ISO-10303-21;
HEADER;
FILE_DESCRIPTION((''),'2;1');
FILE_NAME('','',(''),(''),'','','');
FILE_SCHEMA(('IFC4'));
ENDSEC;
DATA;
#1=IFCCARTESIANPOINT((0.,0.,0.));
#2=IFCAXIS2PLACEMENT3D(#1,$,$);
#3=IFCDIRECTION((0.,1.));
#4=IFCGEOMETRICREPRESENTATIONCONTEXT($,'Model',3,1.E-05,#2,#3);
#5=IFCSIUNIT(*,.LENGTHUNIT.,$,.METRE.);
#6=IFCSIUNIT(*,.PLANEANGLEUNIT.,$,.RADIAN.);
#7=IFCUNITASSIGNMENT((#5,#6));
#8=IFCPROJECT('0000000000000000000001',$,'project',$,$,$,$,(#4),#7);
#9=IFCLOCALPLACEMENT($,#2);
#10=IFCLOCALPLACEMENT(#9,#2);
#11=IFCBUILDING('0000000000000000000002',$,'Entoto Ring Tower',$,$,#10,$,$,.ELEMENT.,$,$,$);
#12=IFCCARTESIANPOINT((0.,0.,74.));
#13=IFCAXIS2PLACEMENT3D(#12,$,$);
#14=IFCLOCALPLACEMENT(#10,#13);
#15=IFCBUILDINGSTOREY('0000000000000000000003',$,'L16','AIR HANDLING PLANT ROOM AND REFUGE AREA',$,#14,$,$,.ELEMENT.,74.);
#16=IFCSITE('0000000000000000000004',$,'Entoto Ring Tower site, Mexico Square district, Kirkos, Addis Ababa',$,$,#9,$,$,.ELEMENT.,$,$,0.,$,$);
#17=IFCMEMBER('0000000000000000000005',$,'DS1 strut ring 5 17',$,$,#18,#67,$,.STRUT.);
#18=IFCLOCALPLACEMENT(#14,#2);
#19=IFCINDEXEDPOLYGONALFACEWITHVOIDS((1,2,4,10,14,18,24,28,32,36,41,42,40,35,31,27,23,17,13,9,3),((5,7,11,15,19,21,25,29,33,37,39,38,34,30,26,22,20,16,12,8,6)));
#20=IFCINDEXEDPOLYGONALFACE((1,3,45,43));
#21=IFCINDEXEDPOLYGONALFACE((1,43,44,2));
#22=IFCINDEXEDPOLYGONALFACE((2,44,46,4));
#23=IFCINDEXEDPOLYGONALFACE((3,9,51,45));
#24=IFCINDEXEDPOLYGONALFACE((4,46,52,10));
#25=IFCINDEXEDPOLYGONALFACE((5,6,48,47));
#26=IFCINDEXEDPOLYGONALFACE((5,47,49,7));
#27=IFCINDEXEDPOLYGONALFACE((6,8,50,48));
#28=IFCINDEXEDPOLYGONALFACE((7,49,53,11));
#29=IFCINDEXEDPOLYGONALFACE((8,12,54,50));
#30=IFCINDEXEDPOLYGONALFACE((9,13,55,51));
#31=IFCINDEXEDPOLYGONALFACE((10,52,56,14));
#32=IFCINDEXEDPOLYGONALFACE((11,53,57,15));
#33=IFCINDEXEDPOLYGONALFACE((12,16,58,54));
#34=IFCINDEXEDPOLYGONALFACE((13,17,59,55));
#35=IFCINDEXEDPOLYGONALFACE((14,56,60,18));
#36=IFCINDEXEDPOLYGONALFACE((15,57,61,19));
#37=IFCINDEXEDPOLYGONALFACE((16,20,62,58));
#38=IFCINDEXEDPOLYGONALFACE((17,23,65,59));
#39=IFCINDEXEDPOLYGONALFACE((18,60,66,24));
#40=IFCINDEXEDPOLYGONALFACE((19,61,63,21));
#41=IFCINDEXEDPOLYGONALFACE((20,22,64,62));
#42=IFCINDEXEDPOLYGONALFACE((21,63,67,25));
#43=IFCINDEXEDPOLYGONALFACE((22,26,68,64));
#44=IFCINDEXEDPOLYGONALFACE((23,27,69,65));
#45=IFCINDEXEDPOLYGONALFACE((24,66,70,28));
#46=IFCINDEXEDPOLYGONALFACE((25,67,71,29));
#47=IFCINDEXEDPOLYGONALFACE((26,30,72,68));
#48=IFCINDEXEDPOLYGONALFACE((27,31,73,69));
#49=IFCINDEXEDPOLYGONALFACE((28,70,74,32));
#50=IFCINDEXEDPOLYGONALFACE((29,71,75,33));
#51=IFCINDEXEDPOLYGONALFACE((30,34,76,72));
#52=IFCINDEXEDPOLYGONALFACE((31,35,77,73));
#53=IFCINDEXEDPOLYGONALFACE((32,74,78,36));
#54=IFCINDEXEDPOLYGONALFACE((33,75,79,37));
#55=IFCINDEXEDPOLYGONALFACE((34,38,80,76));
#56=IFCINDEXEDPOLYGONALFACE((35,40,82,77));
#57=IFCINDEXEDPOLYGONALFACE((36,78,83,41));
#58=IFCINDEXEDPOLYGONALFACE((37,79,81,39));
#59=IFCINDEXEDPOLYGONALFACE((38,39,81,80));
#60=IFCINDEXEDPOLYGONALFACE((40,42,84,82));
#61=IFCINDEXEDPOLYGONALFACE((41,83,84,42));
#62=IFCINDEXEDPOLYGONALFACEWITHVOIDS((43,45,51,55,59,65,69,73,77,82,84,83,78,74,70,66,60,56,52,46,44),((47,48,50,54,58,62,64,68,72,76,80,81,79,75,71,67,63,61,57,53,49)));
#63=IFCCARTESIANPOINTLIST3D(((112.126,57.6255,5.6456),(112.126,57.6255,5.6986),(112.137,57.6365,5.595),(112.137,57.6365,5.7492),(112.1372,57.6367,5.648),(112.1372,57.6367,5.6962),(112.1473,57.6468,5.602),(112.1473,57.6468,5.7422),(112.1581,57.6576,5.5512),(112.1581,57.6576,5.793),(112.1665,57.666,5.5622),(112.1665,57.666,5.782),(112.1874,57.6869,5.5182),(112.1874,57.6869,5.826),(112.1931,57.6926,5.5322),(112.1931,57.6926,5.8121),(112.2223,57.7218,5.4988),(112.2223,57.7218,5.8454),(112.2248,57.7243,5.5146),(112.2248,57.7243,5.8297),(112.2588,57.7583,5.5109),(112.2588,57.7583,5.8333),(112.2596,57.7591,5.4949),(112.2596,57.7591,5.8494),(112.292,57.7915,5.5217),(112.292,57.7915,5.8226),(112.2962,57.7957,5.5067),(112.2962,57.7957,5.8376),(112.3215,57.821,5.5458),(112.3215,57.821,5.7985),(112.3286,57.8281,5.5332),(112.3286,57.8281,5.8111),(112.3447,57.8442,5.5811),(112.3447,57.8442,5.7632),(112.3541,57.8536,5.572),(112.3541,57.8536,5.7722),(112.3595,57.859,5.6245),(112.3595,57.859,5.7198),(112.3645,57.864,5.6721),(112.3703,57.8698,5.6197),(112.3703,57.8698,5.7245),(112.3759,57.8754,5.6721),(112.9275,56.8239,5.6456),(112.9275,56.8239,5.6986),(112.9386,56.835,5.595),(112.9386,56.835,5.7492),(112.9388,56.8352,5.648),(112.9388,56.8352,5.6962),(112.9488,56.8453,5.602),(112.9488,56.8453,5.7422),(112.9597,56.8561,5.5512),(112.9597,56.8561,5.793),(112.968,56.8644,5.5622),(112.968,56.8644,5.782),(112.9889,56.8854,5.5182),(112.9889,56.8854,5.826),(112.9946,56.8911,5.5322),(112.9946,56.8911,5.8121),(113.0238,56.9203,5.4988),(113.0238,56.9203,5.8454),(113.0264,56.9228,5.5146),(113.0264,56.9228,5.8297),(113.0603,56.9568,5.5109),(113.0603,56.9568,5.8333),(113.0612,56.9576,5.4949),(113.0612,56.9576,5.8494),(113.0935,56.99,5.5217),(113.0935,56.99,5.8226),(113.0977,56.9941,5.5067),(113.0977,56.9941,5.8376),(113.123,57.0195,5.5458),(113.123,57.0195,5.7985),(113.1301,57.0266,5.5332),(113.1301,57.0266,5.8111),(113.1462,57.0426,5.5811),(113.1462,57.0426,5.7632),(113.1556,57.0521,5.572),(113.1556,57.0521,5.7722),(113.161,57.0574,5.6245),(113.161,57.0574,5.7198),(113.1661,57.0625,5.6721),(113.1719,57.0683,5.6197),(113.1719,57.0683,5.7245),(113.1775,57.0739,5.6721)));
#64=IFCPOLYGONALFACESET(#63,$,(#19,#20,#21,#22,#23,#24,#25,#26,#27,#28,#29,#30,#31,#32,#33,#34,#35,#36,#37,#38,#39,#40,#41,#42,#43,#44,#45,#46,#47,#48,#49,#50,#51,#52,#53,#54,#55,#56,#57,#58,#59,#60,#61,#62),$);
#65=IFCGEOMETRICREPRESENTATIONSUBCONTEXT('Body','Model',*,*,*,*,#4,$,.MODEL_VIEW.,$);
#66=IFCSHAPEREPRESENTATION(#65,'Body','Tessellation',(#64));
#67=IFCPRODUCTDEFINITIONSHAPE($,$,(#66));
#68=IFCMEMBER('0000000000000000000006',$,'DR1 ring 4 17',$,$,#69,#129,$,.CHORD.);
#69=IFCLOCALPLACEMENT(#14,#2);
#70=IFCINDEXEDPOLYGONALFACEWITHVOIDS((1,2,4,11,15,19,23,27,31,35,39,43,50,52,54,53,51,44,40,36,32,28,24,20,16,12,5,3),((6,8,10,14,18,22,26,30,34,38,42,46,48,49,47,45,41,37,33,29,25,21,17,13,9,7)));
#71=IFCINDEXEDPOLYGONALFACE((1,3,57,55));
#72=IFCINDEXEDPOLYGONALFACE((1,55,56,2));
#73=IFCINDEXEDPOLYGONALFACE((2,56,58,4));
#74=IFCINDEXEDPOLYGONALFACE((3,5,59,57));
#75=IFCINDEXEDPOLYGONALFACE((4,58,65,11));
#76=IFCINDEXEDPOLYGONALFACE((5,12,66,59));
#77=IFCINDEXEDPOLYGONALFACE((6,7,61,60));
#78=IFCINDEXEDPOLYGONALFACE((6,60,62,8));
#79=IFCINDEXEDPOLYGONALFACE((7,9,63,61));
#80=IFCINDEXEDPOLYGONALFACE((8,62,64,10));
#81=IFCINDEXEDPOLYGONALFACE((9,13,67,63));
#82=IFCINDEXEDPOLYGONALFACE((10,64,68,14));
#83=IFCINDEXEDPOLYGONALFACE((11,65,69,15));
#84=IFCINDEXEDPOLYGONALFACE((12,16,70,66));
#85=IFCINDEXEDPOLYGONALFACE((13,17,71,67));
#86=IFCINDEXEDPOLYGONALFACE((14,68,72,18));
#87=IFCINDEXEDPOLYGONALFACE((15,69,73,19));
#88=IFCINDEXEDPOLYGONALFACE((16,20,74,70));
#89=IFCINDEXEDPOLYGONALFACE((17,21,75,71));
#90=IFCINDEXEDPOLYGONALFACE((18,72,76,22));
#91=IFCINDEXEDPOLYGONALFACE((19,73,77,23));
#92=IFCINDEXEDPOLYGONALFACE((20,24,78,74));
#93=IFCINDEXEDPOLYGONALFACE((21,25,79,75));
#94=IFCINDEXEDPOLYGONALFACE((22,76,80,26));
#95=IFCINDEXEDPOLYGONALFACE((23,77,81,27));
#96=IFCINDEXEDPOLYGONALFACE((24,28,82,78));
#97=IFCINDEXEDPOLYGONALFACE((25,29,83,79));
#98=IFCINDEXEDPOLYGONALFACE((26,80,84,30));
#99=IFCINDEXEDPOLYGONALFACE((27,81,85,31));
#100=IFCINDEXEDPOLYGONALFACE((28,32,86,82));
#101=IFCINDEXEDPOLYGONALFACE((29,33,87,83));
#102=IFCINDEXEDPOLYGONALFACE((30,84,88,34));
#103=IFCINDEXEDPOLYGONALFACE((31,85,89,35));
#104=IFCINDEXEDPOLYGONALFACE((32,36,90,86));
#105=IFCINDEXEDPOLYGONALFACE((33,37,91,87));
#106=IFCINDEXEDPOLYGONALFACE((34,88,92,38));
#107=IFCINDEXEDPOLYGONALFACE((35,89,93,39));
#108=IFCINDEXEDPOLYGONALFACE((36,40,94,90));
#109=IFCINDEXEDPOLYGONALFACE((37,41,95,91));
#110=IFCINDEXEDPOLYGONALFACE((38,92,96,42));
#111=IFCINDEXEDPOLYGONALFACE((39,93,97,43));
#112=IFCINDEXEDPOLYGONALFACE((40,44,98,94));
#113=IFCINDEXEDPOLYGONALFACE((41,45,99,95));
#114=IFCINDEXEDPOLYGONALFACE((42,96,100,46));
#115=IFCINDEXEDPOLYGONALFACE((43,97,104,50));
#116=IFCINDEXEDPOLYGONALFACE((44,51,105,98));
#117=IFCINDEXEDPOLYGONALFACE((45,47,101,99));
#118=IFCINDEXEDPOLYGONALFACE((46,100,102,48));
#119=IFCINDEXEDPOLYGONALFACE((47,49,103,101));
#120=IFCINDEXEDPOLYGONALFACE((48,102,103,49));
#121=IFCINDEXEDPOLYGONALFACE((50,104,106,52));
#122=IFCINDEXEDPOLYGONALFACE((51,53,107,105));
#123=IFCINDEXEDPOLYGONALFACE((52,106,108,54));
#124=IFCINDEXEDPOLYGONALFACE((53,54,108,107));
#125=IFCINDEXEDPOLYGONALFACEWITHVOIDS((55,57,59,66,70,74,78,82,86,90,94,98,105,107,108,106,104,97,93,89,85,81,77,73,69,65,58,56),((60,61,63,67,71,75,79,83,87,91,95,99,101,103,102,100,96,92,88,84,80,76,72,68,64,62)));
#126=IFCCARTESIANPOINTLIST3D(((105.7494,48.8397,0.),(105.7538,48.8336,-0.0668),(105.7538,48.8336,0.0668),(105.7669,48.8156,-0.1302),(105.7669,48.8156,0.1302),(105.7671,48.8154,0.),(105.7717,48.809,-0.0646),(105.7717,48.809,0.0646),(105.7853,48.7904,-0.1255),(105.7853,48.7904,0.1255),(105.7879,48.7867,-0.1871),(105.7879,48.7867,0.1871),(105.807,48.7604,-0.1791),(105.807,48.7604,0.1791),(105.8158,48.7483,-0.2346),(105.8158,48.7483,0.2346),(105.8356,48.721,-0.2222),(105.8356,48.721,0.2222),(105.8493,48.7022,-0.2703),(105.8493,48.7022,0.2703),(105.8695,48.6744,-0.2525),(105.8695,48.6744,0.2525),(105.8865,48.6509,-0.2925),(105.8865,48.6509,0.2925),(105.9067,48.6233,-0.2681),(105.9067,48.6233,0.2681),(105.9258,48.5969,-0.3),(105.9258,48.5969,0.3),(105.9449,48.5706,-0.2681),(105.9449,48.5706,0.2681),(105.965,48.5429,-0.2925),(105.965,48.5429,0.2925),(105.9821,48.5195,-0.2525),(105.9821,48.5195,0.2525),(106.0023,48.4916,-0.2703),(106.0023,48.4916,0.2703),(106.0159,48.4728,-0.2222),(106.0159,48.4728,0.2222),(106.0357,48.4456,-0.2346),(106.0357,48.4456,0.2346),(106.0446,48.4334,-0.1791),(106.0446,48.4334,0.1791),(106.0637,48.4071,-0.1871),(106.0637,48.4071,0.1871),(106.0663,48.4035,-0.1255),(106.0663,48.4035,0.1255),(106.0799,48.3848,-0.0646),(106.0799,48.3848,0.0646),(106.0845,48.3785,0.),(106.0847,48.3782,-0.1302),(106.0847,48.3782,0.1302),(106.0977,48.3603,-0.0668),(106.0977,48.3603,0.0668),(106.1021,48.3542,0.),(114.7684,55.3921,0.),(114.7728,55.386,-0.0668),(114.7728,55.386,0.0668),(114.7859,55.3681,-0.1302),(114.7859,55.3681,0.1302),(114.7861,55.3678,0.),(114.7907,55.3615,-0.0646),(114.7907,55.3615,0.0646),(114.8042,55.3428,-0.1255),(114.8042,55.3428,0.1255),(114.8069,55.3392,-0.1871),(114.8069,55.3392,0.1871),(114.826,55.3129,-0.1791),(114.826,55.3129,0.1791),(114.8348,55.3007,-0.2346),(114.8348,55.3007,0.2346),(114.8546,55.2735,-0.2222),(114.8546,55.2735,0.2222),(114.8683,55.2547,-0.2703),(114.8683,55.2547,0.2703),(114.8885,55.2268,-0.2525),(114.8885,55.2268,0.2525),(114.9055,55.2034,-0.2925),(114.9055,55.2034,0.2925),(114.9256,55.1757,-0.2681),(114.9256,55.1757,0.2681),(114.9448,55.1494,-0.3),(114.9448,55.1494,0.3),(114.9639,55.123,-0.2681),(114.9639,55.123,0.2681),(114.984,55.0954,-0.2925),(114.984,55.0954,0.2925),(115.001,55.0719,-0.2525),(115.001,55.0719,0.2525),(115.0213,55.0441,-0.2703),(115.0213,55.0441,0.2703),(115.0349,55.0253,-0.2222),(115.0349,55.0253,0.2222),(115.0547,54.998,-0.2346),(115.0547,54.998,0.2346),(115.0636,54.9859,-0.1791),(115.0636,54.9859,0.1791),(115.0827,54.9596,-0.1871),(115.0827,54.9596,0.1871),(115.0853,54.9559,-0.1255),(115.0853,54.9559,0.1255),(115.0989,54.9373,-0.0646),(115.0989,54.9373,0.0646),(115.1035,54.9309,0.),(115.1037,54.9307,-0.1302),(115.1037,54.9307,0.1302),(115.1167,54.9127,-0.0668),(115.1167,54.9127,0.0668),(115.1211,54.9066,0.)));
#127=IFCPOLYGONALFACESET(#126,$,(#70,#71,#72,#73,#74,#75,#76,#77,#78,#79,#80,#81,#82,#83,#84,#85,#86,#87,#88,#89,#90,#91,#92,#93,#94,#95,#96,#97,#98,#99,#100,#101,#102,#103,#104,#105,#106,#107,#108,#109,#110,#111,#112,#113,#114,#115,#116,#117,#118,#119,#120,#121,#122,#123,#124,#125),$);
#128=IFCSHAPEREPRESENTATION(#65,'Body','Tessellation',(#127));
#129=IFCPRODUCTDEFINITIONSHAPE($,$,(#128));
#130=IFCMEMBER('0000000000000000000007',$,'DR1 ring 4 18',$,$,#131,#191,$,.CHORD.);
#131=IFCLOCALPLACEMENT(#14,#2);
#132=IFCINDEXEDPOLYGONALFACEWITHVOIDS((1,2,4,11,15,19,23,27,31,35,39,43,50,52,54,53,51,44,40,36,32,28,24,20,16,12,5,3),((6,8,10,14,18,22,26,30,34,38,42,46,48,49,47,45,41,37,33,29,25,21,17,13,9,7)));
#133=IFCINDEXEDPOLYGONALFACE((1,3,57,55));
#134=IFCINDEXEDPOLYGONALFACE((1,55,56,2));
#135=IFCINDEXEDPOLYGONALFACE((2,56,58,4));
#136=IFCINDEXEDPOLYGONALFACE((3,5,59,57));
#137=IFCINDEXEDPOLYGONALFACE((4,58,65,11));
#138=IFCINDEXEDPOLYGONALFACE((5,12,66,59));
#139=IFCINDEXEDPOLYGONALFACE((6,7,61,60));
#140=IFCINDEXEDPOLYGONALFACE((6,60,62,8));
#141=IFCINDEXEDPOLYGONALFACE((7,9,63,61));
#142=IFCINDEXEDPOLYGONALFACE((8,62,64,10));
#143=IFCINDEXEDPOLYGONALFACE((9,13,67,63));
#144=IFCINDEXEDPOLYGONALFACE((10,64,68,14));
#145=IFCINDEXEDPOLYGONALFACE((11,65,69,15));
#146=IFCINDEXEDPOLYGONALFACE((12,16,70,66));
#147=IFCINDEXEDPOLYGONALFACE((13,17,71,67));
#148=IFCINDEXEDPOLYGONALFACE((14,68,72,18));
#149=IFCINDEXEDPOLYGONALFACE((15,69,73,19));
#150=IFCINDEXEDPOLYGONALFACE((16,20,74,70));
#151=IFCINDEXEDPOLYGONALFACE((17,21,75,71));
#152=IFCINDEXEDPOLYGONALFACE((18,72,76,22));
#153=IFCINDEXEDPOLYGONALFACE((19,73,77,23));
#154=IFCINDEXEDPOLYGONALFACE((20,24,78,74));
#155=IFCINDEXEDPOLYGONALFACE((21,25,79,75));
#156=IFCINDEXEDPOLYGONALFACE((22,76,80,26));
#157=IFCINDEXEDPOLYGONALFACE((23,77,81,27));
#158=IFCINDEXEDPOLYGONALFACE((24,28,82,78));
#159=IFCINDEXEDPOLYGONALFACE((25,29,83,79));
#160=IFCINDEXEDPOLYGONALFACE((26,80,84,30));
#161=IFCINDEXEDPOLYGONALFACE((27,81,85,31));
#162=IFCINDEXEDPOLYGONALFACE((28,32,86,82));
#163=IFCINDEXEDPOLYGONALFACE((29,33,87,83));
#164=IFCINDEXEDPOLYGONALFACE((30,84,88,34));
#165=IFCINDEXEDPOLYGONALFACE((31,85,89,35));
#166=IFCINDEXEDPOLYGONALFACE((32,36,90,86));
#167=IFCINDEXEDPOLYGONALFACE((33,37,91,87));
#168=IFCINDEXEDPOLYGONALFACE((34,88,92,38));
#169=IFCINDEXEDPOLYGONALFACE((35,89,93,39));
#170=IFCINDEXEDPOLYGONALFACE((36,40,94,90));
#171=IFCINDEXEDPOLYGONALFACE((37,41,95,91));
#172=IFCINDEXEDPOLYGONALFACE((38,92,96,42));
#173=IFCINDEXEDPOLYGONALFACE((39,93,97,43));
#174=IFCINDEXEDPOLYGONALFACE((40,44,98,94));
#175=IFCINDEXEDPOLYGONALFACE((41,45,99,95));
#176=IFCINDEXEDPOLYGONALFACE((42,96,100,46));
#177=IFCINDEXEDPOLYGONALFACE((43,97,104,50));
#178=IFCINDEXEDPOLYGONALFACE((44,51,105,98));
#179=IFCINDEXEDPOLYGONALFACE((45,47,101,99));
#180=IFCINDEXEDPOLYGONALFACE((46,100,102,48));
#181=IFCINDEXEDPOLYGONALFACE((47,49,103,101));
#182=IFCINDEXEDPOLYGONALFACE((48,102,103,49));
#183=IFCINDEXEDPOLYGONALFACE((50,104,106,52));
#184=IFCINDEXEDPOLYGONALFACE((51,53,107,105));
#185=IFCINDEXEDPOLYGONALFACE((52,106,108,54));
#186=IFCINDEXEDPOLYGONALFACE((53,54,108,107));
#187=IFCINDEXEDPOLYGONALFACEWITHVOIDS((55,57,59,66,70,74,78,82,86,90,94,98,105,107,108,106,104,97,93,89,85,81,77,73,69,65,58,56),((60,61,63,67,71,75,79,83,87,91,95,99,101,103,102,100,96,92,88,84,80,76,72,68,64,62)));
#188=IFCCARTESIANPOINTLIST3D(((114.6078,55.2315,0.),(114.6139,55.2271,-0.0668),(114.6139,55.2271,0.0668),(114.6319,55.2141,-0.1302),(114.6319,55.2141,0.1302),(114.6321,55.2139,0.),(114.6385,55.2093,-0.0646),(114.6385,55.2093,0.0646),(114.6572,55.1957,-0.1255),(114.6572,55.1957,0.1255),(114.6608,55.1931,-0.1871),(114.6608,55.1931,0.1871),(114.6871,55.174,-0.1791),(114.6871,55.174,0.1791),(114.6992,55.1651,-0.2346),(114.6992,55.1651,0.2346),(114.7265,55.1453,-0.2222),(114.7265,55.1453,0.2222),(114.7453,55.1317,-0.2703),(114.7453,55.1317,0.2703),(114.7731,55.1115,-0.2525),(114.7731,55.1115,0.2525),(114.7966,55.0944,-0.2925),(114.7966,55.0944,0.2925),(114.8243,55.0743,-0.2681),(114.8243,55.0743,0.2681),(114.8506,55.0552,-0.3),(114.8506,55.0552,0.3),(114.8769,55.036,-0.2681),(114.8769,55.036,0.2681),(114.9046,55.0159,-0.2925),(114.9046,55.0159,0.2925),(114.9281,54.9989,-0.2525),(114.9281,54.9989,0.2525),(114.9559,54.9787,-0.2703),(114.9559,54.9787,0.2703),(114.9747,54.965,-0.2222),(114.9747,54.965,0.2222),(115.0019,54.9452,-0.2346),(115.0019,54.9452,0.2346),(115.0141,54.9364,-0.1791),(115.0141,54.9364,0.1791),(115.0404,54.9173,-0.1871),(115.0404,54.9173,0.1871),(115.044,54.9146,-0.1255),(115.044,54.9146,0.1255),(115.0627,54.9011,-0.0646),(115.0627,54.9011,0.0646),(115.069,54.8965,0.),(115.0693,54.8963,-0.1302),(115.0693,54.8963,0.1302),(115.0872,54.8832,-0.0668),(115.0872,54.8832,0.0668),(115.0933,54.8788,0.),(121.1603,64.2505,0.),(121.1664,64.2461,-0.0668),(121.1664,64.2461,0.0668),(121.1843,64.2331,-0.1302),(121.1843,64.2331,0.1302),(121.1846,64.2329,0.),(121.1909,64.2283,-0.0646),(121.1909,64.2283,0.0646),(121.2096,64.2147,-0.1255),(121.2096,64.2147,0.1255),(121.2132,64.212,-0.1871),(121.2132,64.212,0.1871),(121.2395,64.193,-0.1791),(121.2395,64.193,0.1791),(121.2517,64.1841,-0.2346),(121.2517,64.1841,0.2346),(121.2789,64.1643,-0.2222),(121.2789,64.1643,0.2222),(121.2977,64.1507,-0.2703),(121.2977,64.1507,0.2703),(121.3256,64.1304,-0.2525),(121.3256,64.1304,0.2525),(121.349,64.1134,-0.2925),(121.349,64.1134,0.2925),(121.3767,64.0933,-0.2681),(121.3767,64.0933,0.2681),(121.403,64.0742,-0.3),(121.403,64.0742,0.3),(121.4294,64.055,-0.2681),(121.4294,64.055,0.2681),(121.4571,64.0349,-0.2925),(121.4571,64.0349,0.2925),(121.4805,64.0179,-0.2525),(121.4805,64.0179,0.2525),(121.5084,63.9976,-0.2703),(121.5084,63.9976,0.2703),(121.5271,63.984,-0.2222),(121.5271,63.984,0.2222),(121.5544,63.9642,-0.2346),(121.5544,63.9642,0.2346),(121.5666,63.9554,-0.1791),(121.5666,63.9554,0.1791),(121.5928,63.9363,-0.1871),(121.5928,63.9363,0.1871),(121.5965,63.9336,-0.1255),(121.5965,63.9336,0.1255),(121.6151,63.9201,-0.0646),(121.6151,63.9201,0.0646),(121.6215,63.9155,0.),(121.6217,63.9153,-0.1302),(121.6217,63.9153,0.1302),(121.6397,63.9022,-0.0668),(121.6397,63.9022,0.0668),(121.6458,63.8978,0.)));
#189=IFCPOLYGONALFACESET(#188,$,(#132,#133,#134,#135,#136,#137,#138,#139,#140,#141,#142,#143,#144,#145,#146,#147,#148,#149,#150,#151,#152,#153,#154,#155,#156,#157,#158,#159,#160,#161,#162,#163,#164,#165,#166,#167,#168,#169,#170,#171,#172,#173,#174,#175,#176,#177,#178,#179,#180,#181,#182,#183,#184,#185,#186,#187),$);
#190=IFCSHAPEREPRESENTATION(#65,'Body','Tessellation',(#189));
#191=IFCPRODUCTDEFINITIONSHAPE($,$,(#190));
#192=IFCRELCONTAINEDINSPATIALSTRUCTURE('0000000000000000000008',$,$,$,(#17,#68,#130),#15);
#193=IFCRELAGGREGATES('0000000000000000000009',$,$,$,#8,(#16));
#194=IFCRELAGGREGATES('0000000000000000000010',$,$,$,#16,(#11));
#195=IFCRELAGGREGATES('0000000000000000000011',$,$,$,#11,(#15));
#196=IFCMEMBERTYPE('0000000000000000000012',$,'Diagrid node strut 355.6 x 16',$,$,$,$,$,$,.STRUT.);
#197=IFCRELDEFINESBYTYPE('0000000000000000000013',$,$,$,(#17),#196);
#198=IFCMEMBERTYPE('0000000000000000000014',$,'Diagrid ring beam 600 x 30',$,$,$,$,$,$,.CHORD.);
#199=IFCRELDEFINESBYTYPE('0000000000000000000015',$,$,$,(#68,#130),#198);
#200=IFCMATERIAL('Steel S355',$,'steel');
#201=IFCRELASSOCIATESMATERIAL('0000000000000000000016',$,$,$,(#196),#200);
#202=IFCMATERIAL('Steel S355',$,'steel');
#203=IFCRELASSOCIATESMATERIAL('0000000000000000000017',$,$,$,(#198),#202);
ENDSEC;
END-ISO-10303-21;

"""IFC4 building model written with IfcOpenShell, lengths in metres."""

from ifc_helpers import new_model, si_unit, direction, frame, origin, origin_2d, place, context, subcontext, project, spatial, circle, hollow_circle, extrude, material, material_profile, profile_set, type_object, element, save


model = new_model("IFC4")

# Units and contexts
model_context = context("Model", 3, precision=1e-05, world=origin(), true_north=direction((0.0, 1.0)))
body_context = subcontext(model_context, "Body", "Model", "MODEL_VIEW")
ifc_project = project(units=[si_unit("LENGTHUNIT", "METRE"), si_unit("PLANEANGLEUNIT", "RADIAN")], contexts=[model_context])

# Site, building, storey
site_placement = place(None, origin())
site = spatial("IfcSite", under=ifc_project, at=site_placement, Name="Entoto Ring Tower site, Mexico Square district, Kirkos, Addis Ababa", CompositionType="ELEMENT", RefElevation=0.0)
building_placement = place(site_placement, origin())
building = spatial("IfcBuilding", under=site, at=building_placement, Name="Entoto Ring Tower", CompositionType="ELEMENT")
storey_placement = place(building_placement, frame((0.0, 0.0, 74.0)))
storey = spatial("IfcBuildingStorey", under=building, at=storey_placement, Name="L16", Description="AIR HANDLING PLANT ROOM AND REFUGE AREA", CompositionType="ELEMENT", Elevation=74.0)

# Members
ifc_material_1 = material(Name="Steel S355", Category="steel")
ifc_material_profile_1 = material_profile(ifc_material_1, hollow_circle(Radius=0.1777, WallThickness=0.0161, at=origin_2d()), Name="CHS 355.6 x 16")
ifc_material_2 = material(Name="Concrete C60/75", Category="concrete")
ifc_material_profile_2 = material_profile(ifc_material_2, circle(Radius=0.1619, at=origin_2d()), Name="Concrete C60/75 infill")
ifc_profile_set_1 = profile_set([ifc_material_profile_1, ifc_material_profile_2], Name="Steel S355")
member_type_1 = type_object("IfcMemberType", Name="Diagrid node strut 355.6 x 16", PredefinedType="STRUT", material=ifc_profile_set_1)
member_1_placement = place(storey_placement, frame((112.2502, 57.7498, 5.6721), z_axis=(0.707107, -0.707107, 0.0), x_axis=(0.707107, 0.707107, 0.0)))
element("IfcMember", 1, at=member_1_placement, inside=storey, type_object=member_type_1, Name="DS1 strut ring 5 17", PredefinedType="STRUT", context=body_context, shape_type="SweptSolid", body=[
    extrude(hollow_circle(Radius=0.1777, WallThickness=0.0161, at=origin_2d()), origin(), (0.0, 0.0, 1.0), 1.1335),
])
ifc_material_3 = material(Name="Steel S355", Category="steel")
ifc_material_profile_3 = material_profile(ifc_material_3, hollow_circle(Radius=0.3, WallThickness=0.03, at=origin_2d()), Name="CHS 600 x 30")
ifc_material_4 = material(Name="Concrete C60/75", Category="concrete")
ifc_material_profile_4 = material_profile(ifc_material_4, circle(Radius=0.27, at=origin_2d()), Name="Concrete C60/75 infill")
ifc_profile_set_2 = profile_set([ifc_material_profile_3, ifc_material_profile_4], Name="Steel S355")
member_type_2 = type_object("IfcMemberType", Name="Diagrid ring beam 600 x 30", PredefinedType="CHORD", material=ifc_profile_set_2)
for number, where, z_axis, x_axis, name in (
    (2, (105.9258, 48.5969, 0.0), (0.809027, 0.587772, 0.0), (-0.587772, 0.809027, 0.0), "DR1 ring 4 17"),
    (3, (114.8506, 55.0552, 0.0), (0.587772, 0.809027, 0.0), (-0.809027, 0.587772, 0.0), "DR1 ring 4 18"),
):
    element("IfcMember", number, at=place(storey_placement, frame(where, z_axis=z_axis, x_axis=x_axis)), inside=storey, type_object=member_type_2, Name=name, PredefinedType="CHORD", context=body_context, shape_type="SweptSolid", body=[
        extrude(hollow_circle(Radius=0.3, WallThickness=0.03, at=origin_2d()), origin(), (0.0, 0.0, 1.0), 11.1479),
    ])

save(model, "model.ifc")
